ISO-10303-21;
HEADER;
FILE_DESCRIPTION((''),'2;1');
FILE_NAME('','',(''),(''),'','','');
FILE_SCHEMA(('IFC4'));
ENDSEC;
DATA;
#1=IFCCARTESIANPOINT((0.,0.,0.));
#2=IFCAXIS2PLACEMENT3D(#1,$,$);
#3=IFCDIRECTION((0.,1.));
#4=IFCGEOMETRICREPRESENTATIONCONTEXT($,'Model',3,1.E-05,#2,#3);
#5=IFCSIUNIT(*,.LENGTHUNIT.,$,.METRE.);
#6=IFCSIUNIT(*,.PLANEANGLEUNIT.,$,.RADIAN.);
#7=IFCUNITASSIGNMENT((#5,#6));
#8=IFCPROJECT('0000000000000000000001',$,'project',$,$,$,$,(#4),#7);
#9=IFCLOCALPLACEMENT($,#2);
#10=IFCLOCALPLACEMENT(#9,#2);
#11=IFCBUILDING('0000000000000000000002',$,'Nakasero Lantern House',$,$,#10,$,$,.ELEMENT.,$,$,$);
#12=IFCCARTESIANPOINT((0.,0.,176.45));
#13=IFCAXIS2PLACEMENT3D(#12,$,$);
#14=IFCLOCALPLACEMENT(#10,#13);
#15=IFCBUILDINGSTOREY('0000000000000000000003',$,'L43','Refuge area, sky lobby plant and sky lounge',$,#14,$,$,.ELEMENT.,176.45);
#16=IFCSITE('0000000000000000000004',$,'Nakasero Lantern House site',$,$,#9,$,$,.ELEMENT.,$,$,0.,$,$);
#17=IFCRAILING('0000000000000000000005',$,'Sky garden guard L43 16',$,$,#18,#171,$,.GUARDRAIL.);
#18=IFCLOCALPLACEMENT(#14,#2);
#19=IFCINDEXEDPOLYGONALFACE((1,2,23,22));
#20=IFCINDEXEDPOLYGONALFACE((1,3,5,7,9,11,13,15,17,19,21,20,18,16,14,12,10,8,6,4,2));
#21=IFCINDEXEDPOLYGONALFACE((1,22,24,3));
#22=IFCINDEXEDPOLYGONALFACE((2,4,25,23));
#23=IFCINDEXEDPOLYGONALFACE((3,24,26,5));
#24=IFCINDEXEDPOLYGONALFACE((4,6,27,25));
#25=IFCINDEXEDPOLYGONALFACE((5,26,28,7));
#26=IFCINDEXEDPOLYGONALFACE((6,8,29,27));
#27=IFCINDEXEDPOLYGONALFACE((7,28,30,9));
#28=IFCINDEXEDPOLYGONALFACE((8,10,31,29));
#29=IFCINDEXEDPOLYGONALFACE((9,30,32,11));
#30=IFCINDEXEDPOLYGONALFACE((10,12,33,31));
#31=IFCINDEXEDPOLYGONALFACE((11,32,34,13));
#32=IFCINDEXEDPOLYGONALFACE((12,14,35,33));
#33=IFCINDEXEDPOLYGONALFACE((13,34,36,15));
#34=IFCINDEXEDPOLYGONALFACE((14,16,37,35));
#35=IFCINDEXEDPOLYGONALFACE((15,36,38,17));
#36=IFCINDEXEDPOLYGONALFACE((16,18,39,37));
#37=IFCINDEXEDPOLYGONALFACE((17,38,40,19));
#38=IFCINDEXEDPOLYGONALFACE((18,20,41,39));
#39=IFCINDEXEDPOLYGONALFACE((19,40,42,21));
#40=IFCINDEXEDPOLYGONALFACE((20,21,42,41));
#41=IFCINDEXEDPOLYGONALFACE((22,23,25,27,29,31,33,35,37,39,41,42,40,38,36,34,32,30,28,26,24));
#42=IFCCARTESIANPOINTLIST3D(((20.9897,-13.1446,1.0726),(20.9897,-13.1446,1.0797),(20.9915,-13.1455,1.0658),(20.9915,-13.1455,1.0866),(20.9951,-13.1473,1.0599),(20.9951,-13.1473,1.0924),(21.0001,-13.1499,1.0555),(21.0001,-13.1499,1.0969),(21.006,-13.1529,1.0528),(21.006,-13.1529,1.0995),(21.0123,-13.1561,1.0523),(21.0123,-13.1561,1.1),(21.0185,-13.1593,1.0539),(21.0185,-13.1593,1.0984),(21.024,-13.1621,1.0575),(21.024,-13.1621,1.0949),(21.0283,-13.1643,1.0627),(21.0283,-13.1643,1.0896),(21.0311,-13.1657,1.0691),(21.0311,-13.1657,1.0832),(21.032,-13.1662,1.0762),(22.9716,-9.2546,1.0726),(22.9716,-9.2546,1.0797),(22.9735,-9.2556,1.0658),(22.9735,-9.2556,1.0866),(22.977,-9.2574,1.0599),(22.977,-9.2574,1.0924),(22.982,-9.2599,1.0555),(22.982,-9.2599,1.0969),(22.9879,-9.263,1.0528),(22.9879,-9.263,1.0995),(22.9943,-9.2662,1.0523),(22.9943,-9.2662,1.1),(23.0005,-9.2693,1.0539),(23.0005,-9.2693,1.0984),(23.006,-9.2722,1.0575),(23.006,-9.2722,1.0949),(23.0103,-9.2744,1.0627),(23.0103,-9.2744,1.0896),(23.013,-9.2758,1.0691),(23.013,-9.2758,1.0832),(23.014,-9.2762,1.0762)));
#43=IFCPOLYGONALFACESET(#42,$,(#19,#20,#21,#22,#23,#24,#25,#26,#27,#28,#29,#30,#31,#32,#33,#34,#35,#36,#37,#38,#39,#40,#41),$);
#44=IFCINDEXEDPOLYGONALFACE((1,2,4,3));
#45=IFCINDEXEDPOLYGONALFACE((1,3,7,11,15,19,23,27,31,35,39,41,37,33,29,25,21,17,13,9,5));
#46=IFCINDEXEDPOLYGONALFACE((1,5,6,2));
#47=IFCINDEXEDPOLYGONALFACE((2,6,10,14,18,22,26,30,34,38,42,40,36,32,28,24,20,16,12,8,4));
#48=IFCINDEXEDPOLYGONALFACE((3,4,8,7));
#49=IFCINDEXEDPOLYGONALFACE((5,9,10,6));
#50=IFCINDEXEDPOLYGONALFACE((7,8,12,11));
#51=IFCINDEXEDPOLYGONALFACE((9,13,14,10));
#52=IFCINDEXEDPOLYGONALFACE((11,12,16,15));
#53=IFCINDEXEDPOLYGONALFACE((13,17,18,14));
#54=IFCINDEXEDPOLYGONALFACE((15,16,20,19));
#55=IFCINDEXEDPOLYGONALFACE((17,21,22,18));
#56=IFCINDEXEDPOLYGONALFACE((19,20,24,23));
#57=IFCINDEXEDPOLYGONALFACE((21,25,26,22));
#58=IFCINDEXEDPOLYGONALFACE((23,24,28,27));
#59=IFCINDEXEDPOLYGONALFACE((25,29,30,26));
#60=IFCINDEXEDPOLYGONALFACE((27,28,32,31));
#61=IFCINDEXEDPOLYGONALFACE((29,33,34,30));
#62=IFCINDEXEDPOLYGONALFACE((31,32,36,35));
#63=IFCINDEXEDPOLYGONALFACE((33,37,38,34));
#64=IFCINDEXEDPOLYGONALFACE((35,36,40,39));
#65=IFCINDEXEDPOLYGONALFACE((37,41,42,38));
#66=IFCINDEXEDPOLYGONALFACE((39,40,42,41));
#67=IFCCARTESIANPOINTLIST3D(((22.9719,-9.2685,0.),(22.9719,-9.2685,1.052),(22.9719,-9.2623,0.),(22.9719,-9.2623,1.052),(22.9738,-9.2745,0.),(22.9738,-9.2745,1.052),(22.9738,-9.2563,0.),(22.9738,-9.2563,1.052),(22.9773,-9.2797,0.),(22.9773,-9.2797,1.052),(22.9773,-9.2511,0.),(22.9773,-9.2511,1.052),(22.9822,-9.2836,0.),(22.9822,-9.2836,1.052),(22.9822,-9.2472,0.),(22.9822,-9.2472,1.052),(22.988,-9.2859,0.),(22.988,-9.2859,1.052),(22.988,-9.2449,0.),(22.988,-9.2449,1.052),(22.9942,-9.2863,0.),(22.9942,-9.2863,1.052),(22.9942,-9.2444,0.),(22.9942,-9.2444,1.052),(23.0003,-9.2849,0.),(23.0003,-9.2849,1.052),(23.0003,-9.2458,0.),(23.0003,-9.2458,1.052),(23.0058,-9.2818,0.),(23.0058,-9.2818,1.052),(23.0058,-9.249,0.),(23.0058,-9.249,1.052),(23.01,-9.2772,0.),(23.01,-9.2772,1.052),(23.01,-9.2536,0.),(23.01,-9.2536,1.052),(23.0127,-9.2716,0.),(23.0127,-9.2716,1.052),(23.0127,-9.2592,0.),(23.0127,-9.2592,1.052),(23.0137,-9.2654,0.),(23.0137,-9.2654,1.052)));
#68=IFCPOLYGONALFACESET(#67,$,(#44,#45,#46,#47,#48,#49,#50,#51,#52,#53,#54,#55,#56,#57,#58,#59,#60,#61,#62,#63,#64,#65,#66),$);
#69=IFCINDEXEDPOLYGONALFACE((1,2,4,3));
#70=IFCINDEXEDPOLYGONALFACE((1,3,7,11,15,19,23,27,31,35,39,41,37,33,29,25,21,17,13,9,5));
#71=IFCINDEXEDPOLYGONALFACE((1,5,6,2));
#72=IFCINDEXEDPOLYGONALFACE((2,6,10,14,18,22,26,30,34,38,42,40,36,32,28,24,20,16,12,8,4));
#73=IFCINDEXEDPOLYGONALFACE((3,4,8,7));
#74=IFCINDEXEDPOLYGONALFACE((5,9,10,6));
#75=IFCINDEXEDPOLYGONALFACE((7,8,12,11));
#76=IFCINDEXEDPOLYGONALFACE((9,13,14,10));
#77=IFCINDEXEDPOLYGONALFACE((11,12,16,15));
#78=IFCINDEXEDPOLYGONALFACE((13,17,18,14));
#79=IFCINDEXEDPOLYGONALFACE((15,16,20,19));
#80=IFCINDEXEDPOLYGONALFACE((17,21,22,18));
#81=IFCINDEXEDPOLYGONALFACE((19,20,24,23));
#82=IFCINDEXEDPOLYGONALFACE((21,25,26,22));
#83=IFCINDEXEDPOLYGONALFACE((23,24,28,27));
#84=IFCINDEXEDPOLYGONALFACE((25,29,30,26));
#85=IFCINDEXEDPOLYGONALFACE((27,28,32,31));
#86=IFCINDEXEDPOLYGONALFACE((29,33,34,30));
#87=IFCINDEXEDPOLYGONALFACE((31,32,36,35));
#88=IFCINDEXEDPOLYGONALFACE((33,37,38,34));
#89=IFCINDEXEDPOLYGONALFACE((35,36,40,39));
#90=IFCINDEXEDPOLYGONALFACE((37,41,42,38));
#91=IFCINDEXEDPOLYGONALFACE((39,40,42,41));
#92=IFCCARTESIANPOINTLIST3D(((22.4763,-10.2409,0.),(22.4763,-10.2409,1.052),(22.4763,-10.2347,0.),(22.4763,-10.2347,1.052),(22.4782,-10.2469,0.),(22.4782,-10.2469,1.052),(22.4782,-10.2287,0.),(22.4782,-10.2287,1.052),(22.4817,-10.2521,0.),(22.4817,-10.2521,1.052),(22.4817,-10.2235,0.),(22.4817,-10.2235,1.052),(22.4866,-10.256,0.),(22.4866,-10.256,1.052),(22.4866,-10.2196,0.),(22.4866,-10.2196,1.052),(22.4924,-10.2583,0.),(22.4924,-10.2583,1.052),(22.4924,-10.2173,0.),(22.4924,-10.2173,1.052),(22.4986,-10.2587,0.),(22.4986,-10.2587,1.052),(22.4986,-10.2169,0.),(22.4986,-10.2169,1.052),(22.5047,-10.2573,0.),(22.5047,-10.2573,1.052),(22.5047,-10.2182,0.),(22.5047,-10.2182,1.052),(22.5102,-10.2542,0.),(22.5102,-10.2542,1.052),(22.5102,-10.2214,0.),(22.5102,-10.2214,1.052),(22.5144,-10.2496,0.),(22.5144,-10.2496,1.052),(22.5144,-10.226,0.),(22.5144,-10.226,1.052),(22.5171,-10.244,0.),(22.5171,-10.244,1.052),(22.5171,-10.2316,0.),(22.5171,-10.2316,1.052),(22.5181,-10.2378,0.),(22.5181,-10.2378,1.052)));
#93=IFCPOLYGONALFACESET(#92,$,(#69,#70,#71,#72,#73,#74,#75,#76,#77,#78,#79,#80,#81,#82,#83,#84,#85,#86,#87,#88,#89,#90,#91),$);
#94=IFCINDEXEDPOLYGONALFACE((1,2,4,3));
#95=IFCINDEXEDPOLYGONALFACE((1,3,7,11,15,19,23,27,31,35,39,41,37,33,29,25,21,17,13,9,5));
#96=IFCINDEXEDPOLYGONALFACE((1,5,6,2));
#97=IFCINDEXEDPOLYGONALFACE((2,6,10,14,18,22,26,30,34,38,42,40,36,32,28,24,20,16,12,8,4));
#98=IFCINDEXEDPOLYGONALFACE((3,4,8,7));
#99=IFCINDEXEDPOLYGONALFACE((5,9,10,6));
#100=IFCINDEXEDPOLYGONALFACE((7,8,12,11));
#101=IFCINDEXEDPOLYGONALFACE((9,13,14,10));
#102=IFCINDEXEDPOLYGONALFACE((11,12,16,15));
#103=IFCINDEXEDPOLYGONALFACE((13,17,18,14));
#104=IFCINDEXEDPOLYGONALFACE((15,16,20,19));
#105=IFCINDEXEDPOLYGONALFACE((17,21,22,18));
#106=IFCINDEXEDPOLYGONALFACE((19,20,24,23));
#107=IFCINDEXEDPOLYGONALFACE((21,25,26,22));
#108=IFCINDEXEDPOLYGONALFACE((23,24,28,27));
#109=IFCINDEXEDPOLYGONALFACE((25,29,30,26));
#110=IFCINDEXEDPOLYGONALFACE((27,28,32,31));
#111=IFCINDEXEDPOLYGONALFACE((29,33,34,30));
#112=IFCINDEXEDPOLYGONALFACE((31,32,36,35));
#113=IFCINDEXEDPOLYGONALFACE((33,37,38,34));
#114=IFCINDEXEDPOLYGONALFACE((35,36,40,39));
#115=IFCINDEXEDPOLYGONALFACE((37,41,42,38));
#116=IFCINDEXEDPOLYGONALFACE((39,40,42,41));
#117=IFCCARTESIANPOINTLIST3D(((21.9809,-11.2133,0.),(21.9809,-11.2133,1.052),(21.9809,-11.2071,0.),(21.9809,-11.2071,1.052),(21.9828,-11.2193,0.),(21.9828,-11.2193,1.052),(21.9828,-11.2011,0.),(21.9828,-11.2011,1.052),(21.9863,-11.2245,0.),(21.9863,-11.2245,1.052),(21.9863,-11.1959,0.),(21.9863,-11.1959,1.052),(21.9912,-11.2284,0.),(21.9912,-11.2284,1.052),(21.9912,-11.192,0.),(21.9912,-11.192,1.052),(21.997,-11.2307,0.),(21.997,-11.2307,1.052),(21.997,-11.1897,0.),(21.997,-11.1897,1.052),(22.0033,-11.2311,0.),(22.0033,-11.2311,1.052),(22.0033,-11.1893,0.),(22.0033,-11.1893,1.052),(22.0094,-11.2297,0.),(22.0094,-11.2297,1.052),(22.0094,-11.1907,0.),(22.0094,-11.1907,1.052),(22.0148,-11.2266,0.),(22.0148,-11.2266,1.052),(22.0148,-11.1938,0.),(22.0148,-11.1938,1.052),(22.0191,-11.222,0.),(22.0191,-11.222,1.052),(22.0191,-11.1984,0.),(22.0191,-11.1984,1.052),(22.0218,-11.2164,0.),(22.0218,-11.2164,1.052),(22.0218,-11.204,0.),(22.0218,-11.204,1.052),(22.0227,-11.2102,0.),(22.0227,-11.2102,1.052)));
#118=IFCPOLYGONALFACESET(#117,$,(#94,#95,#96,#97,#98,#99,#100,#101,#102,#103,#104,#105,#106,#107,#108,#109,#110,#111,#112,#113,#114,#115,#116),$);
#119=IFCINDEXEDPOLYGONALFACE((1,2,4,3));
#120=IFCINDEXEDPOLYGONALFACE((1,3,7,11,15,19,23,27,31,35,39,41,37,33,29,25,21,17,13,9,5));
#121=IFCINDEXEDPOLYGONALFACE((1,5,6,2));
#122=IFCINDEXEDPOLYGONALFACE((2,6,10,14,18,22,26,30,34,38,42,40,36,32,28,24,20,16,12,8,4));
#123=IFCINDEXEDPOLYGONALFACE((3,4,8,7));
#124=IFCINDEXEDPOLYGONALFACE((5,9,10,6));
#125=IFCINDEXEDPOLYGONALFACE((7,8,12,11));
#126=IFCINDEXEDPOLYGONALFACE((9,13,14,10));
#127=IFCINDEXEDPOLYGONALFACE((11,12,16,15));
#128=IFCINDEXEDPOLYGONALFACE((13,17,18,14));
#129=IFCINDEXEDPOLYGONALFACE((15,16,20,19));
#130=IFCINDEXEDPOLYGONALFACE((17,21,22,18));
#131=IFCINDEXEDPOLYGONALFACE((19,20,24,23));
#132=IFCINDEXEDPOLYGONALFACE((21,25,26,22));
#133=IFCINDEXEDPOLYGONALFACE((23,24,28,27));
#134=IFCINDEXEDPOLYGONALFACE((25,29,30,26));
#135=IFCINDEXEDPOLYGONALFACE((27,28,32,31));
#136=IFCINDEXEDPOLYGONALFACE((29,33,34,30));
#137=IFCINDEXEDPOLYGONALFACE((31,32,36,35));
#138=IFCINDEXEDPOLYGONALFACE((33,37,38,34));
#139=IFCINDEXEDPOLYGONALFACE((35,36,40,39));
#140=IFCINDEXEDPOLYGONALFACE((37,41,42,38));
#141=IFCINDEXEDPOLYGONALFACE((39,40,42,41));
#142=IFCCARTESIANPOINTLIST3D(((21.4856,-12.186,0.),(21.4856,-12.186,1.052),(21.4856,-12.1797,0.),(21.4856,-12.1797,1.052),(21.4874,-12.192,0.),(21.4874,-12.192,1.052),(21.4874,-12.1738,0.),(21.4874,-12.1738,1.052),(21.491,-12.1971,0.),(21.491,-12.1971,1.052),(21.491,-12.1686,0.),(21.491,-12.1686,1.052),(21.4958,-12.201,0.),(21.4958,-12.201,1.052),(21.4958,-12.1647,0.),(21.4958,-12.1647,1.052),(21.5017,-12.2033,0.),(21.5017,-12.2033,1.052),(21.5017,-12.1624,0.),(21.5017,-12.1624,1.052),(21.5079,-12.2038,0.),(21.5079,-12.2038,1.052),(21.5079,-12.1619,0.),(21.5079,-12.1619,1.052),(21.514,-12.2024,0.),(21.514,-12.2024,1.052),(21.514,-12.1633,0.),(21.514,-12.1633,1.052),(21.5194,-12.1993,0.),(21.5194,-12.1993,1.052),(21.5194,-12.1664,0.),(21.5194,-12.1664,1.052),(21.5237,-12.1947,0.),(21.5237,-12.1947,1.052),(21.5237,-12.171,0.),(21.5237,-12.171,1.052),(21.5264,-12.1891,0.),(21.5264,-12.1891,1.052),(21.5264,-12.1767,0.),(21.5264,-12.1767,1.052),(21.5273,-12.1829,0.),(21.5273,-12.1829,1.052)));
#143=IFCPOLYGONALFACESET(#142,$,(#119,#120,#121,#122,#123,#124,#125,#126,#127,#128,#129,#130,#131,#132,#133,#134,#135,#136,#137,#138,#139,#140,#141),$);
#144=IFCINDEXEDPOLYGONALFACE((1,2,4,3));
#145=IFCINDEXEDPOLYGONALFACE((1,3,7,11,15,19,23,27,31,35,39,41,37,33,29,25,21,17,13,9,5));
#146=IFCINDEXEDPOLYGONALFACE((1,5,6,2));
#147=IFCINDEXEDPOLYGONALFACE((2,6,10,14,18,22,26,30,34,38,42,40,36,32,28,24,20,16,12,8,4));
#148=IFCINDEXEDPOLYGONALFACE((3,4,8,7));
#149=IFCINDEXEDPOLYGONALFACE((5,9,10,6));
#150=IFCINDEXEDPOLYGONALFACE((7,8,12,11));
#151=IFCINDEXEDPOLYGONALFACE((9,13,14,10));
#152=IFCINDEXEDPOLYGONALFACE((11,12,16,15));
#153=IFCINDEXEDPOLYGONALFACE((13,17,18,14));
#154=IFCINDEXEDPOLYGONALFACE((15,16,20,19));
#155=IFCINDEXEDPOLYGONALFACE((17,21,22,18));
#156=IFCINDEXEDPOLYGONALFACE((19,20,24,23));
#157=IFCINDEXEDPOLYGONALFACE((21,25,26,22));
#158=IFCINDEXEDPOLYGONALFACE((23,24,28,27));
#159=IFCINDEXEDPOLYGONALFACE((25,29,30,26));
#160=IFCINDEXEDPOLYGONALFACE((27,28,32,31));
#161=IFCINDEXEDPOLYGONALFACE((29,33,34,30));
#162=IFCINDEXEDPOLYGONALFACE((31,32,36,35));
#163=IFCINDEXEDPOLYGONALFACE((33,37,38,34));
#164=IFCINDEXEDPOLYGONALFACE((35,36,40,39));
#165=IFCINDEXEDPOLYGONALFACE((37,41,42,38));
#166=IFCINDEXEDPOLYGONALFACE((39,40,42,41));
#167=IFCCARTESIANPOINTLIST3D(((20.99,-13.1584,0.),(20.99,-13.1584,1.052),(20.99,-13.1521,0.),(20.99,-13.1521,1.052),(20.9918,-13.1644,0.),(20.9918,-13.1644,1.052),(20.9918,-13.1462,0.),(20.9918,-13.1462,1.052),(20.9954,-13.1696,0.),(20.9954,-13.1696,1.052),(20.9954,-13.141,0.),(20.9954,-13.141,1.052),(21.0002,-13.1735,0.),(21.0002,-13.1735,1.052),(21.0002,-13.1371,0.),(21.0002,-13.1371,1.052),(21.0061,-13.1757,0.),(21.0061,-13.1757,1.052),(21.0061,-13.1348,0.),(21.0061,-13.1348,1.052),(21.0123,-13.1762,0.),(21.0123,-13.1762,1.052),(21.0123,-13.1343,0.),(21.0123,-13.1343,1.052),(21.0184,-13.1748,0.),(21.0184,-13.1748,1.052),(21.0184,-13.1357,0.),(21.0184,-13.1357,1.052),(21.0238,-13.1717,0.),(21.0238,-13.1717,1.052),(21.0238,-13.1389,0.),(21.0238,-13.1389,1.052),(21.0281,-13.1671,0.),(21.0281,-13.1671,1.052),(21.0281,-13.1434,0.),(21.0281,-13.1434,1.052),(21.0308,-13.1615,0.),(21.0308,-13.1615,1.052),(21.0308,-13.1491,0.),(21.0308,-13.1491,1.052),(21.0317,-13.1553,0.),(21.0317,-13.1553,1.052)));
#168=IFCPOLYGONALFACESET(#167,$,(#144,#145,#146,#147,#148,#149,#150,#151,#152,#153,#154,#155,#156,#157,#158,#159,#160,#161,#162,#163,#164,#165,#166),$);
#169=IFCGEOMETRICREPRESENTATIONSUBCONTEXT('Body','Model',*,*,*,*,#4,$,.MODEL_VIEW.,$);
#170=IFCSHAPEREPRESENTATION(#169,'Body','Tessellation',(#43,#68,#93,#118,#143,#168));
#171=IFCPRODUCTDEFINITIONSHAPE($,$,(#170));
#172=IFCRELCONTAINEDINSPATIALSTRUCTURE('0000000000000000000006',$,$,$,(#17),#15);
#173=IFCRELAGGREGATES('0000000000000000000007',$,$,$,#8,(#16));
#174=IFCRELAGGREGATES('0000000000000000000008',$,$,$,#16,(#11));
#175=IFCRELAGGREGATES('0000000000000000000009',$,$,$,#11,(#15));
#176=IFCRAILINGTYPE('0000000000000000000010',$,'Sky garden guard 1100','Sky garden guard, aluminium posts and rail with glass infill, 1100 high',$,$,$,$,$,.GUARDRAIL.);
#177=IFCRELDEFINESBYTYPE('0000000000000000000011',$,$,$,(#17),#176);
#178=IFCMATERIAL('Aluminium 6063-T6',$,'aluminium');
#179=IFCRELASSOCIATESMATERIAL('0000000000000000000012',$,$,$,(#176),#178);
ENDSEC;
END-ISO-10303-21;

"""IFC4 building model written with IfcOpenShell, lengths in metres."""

from ifc_helpers import new_model, si_unit, direction, frame, origin, origin_2d, place, context, subcontext, project, spatial, circle, extrude, material, type_object, element, save


model = new_model("IFC4")

# Units and contexts
model_context = context("Model", 3, precision=1e-05, world=origin(), true_north=direction((0.0, 1.0)))
body_context = subcontext(model_context, "Body", "Model", "MODEL_VIEW")
ifc_project = project(units=[si_unit("LENGTHUNIT", "METRE"), si_unit("PLANEANGLEUNIT", "RADIAN")], contexts=[model_context])

# Site, building, storey
site_placement = place(None, origin())
site = spatial("IfcSite", under=ifc_project, at=site_placement, Name="Nakasero Lantern House site", CompositionType="ELEMENT", RefElevation=0.0)
building_placement = place(site_placement, origin())
building = spatial("IfcBuilding", under=site, at=building_placement, Name="Nakasero Lantern House", CompositionType="ELEMENT")
storey_placement = place(building_placement, frame((0.0, 0.0, 176.45)))
storey = spatial("IfcBuildingStorey", under=building, at=storey_placement, Name="L43", Description="Refuge area, sky lobby plant and sky lounge", CompositionType="ELEMENT", Elevation=176.45)

# Railing
ifc_material_1 = material(Name="Aluminium 6063-T6", Category="aluminium")
railing_type = type_object("IfcRailingType", Name="Sky garden guard 1100", Description="Sky garden guard, aluminium posts and rail with glass infill, 1100 high", PredefinedType="GUARDRAIL", material=ifc_material_1)
railing_1_placement = place(storey_placement, frame((22.9927, -9.2654, 0.0)))
element("IfcRailing", 1, at=railing_1_placement, inside=storey, type_object=railing_type, Name="Sky garden guard L43 16", PredefinedType="GUARDRAIL", context=body_context, shape_type="SweptSolid", body=[
    extrude(circle(Radius=0.0239, at=origin_2d()), frame((0.0, 0.0, 1.0762), z_axis=(-0.453979, -0.891013, 0.0), x_axis=(0.891013, -0.453979, 0.0)), (0.0, 0.0, 1.0), 4.3657),
    extrude(circle(Radius=0.021, at=origin_2d()), origin(), (0.0, 0.0, 1.0), 1.052),
    extrude(circle(Radius=0.021, at=origin_2d()), frame((-0.4956, -0.9724, 0.0)), (0.0, 0.0, 1.0), 1.052),
    extrude(circle(Radius=0.021, at=origin_2d()), frame((-0.991, -1.9448, 0.0)), (0.0, 0.0, 1.0), 1.052),
    extrude(circle(Radius=0.021, at=origin_2d()), frame((-1.4863, -2.9175, 0.0)), (0.0, 0.0, 1.0), 1.052),
    extrude(circle(Radius=0.021, at=origin_2d()), frame((-1.9819, -3.8899, 0.0)), (0.0, 0.0, 1.0), 1.052),
])

save(model, "model.ifc")
